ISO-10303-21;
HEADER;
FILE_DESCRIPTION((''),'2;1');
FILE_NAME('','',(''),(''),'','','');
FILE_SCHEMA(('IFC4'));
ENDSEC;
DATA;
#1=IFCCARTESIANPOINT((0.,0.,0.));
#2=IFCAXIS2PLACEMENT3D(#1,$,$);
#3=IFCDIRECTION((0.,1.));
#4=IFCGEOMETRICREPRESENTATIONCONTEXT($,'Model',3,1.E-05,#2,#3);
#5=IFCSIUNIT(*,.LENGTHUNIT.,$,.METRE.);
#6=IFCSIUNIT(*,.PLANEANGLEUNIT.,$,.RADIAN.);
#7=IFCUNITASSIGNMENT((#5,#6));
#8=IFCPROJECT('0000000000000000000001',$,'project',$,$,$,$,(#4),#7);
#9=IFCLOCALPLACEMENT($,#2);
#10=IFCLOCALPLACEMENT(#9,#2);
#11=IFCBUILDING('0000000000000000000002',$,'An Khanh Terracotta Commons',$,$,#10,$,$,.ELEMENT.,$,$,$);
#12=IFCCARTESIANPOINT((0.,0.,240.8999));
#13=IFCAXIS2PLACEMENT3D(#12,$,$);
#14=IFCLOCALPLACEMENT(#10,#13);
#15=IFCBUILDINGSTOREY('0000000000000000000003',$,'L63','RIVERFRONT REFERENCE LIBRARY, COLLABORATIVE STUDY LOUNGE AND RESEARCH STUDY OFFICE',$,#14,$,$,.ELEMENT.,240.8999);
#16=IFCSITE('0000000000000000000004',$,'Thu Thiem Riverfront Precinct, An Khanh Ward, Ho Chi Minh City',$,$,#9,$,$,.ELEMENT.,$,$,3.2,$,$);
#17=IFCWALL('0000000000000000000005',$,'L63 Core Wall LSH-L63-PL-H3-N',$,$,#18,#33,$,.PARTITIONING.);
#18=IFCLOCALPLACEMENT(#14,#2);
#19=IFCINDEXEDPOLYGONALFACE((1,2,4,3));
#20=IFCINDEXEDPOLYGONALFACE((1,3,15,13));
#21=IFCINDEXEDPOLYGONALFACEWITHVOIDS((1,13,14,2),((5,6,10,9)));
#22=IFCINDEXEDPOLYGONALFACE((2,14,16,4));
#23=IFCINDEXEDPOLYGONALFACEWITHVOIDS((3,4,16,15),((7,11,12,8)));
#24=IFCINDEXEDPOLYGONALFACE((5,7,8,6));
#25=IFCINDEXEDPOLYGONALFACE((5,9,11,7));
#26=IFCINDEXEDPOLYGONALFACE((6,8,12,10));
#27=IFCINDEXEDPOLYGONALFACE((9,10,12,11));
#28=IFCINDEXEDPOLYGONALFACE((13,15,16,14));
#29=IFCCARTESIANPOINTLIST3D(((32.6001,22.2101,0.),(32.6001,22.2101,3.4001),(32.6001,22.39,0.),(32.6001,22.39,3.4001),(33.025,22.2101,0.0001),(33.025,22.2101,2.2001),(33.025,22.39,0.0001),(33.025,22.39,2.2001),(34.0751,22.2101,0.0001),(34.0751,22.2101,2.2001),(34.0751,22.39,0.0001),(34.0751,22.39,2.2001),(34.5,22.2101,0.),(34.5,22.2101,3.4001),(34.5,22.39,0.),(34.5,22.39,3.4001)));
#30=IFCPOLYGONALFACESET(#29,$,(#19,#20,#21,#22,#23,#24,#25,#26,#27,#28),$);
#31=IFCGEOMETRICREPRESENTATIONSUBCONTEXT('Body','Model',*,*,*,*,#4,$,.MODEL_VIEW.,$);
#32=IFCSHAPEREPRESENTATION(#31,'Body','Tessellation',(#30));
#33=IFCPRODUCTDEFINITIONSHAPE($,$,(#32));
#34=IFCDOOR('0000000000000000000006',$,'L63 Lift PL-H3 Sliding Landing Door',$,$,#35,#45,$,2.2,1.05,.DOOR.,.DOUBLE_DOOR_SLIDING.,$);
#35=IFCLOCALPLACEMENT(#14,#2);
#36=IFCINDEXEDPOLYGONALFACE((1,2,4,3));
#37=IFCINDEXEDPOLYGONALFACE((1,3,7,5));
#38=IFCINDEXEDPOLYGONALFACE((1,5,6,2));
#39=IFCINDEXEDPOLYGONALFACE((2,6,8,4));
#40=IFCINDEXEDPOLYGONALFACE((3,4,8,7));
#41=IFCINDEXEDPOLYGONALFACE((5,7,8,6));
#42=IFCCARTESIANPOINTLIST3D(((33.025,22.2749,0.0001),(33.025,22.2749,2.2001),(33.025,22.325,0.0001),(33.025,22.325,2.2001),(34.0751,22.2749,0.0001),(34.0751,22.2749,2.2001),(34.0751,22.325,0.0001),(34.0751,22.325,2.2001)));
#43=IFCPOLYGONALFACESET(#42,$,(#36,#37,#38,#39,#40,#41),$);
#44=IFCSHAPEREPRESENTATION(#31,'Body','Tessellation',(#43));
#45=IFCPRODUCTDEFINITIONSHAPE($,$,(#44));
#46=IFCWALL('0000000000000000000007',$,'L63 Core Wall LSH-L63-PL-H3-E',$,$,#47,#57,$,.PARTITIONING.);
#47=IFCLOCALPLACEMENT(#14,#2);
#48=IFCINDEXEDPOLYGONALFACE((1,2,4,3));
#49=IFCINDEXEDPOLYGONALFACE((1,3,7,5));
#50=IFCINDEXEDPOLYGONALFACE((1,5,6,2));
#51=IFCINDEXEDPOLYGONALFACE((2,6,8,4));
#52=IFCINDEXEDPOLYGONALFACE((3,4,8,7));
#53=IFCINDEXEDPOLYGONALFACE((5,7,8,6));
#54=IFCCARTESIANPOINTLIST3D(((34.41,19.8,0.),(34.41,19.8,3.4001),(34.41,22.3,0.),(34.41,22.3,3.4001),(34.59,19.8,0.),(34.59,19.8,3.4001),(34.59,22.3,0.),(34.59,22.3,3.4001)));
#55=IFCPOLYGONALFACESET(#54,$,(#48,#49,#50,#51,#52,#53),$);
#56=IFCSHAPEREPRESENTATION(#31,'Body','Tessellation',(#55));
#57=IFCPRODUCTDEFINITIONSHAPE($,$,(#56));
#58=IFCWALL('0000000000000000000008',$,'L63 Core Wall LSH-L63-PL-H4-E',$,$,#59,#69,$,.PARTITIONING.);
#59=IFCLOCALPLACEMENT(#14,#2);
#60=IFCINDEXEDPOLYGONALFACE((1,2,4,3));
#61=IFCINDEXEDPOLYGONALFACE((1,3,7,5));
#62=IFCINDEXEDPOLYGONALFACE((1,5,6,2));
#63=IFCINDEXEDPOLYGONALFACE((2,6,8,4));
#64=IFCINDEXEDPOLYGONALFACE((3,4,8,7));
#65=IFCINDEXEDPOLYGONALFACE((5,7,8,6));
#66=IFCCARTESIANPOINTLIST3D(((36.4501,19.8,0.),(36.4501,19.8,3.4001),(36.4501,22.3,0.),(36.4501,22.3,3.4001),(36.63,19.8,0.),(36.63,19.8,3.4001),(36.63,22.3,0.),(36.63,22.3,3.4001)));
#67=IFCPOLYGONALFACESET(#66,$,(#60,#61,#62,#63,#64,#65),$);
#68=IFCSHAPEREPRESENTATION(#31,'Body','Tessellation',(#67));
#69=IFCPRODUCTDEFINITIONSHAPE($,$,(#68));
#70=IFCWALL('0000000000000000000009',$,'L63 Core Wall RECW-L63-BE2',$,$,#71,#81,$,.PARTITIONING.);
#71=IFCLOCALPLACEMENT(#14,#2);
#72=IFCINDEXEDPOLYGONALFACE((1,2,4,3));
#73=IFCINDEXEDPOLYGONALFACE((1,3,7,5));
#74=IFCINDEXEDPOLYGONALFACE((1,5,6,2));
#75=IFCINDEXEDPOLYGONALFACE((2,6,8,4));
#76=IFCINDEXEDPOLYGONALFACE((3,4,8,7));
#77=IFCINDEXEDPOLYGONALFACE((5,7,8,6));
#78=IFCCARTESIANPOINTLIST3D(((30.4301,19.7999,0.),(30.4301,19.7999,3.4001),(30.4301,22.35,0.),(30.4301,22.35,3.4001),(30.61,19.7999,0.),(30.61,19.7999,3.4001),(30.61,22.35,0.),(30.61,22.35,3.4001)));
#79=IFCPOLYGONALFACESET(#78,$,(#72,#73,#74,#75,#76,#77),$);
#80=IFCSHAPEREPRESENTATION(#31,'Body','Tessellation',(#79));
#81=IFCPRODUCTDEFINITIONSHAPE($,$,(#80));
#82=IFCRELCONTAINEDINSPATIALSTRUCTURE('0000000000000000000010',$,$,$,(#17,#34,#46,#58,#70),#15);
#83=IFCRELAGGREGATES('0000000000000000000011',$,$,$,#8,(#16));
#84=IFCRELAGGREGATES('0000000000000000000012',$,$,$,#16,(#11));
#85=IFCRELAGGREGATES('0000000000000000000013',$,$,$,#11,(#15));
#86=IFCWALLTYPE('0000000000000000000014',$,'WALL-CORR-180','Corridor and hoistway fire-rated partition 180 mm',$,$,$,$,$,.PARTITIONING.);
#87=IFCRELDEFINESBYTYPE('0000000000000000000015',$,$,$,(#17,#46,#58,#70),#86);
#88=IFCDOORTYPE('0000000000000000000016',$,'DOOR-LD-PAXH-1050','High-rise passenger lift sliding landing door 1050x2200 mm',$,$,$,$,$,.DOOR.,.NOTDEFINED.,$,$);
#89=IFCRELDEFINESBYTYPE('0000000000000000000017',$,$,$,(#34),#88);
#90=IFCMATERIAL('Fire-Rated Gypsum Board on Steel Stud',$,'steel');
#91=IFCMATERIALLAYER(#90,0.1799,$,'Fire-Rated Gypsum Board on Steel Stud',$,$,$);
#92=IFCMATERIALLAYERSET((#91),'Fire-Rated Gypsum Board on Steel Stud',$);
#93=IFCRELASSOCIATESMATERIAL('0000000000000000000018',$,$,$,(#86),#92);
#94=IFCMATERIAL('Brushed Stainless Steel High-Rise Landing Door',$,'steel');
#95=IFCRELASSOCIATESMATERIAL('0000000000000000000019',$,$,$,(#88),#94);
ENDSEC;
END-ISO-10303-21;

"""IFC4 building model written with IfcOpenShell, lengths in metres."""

from ifc_helpers import new_model, si_unit, direction, frame, frame_2d, origin, place, context, subcontext, project, spatial, rectangle, extrude, material, layer, layer_set, type_object, element, fill, save


model = new_model("IFC4")

# Units and contexts
model_context = context("Model", 3, precision=1e-05, world=origin(), true_north=direction((0.0, 1.0)))
body_context = subcontext(model_context, "Body", "Model", "MODEL_VIEW")
ifc_project = project(units=[si_unit("LENGTHUNIT", "METRE"), si_unit("PLANEANGLEUNIT", "RADIAN")], contexts=[model_context])

# Site, building, storey
site_placement = place(None, origin())
site = spatial("IfcSite", under=ifc_project, at=site_placement, Name="Thu Thiem Riverfront Precinct, An Khanh Ward, Ho Chi Minh City", CompositionType="ELEMENT", RefElevation=3.2)
building_placement = place(site_placement, origin())
building = spatial("IfcBuilding", under=site, at=building_placement, Name="An Khanh Terracotta Commons", CompositionType="ELEMENT")
storey_placement = place(building_placement, frame((0.0, 0.0, 240.8999)))
storey = spatial("IfcBuildingStorey", under=building, at=storey_placement, Name="L63", Description="RIVERFRONT REFERENCE LIBRARY, COLLABORATIVE STUDY LOUNGE AND RESEARCH STUDY OFFICE", CompositionType="ELEMENT", Elevation=240.8999)

# Shared definitions
ifc_material_1 = material(Name="Fire-Rated Gypsum Board on Steel Stud", Category="steel")
ifc_layer = layer(ifc_material_1, 0.1799, Name="Fire-Rated Gypsum Board on Steel Stud")
ifc_layer_set = layer_set([ifc_layer], Name="Fire-Rated Gypsum Board on Steel Stud")
wall_type = type_object("IfcWallType", Name="WALL-CORR-180", Description="Corridor and hoistway fire-rated partition 180 mm", PredefinedType="PARTITIONING", material=ifc_layer_set)

# Shared definitions
ifc_material_2 = material(Name="Brushed Stainless Steel High-Rise Landing Door", Category="steel")
door_type_1 = type_object("IfcDoorType", Name="DOOR-LD-PAXH-1050", Description="High-rise passenger lift sliding landing door 1050x2200 mm", OperationType="NOTDEFINED", PredefinedType="DOOR", material=ifc_material_2)

# Wall, opening, door
wall_1_placement = place(storey_placement, frame((32.6001, 22.3, 0.0), z_axis=(0.0, 0.0, 1.0), x_axis=(1.0, 0.0, 0.0)))
wall_1 = element("IfcWall", 1, at=wall_1_placement, inside=storey, type_object=wall_type, Name="L63 Core Wall LSH-L63-PL-H3-N", PredefinedType="PARTITIONING", context=body_context, shape_type="SweptSolid", body=[
    extrude(rectangle(XDim=1.8999, YDim=0.1799, at=frame_2d((0.95, 0.0))), origin(), (0.0, 0.0, 1.0), 3.4001),
])
opening_1_placement = place(wall_1_placement, frame((0.425, 0.0, 0.0)))
opening_1 = element("IfcOpeningElement", 2, at=opening_1_placement, cuts=wall_1, PredefinedType="OPENING", context=body_context, shape_type="SweptSolid", body=[
    extrude(rectangle(XDim=1.05, YDim=2.2, at=frame_2d((0.5249, 1.1001))), frame((0.0, 0.0999, 0.0), z_axis=(0.0, -1.0, 0.0), x_axis=(1.0, 0.0, 0.0)), (0.0, 0.0, 1.0), 0.2),
])
door_1_placement = place(opening_1_placement, origin())
door_1 = element("IfcDoor", 3, at=door_1_placement, inside=storey, type_object=door_type_1, Name="L63 Lift PL-H3 Sliding Landing Door", OperationType="DOUBLE_DOOR_SLIDING", OverallHeight=2.2, OverallWidth=1.05, PredefinedType="DOOR", context=body_context, shape_type="SweptSolid", body=[
    extrude(rectangle(XDim=1.05, YDim=2.2, at=frame_2d((0.5249, 1.1001))), frame((0.0, 0.0249, 0.0), z_axis=(0.0, -1.0, 0.0), x_axis=(1.0, 0.0, 0.0)), (0.0, 0.0, 1.0), 0.05),
])
fill(opening_1, door_1)

# Walls
for number, where, z_axis, x_axis, name in (
    (4, (34.5, 19.8, 0.0), (0.0, 0.0, 1.0), (0.0, 1.0, 0.0), "L63 Core Wall LSH-L63-PL-H3-E"),
    (5, (36.54, 19.8, 0.0), (0.0, 0.0, 1.0), (0.0, 1.0, 0.0), "L63 Core Wall LSH-L63-PL-H4-E"),
):
    element("IfcWall", number, at=place(storey_placement, frame(where, z_axis=z_axis, x_axis=x_axis)), inside=storey, type_object=wall_type, Name=name, PredefinedType="PARTITIONING", context=body_context, shape_type="SweptSolid", body=[
        extrude(rectangle(XDim=2.5, YDim=0.1799, at=frame_2d((1.25, 0.0))), origin(), (0.0, 0.0, 1.0), 3.4001),
    ])
wall_2_placement = place(storey_placement, frame((30.52, 19.8, 0.0), z_axis=(0.0, 0.0, 1.0), x_axis=(0.0, 1.0, 0.0)))
element("IfcWall", 6, at=wall_2_placement, inside=storey, type_object=wall_type, Name="L63 Core Wall RECW-L63-BE2", PredefinedType="PARTITIONING", context=body_context, shape_type="SweptSolid", body=[
    extrude(rectangle(XDim=2.55, YDim=0.1799, at=frame_2d((1.2749, 0.0))), origin(), (0.0, 0.0, 1.0), 3.4001),
])

save(model, "model.ifc")
